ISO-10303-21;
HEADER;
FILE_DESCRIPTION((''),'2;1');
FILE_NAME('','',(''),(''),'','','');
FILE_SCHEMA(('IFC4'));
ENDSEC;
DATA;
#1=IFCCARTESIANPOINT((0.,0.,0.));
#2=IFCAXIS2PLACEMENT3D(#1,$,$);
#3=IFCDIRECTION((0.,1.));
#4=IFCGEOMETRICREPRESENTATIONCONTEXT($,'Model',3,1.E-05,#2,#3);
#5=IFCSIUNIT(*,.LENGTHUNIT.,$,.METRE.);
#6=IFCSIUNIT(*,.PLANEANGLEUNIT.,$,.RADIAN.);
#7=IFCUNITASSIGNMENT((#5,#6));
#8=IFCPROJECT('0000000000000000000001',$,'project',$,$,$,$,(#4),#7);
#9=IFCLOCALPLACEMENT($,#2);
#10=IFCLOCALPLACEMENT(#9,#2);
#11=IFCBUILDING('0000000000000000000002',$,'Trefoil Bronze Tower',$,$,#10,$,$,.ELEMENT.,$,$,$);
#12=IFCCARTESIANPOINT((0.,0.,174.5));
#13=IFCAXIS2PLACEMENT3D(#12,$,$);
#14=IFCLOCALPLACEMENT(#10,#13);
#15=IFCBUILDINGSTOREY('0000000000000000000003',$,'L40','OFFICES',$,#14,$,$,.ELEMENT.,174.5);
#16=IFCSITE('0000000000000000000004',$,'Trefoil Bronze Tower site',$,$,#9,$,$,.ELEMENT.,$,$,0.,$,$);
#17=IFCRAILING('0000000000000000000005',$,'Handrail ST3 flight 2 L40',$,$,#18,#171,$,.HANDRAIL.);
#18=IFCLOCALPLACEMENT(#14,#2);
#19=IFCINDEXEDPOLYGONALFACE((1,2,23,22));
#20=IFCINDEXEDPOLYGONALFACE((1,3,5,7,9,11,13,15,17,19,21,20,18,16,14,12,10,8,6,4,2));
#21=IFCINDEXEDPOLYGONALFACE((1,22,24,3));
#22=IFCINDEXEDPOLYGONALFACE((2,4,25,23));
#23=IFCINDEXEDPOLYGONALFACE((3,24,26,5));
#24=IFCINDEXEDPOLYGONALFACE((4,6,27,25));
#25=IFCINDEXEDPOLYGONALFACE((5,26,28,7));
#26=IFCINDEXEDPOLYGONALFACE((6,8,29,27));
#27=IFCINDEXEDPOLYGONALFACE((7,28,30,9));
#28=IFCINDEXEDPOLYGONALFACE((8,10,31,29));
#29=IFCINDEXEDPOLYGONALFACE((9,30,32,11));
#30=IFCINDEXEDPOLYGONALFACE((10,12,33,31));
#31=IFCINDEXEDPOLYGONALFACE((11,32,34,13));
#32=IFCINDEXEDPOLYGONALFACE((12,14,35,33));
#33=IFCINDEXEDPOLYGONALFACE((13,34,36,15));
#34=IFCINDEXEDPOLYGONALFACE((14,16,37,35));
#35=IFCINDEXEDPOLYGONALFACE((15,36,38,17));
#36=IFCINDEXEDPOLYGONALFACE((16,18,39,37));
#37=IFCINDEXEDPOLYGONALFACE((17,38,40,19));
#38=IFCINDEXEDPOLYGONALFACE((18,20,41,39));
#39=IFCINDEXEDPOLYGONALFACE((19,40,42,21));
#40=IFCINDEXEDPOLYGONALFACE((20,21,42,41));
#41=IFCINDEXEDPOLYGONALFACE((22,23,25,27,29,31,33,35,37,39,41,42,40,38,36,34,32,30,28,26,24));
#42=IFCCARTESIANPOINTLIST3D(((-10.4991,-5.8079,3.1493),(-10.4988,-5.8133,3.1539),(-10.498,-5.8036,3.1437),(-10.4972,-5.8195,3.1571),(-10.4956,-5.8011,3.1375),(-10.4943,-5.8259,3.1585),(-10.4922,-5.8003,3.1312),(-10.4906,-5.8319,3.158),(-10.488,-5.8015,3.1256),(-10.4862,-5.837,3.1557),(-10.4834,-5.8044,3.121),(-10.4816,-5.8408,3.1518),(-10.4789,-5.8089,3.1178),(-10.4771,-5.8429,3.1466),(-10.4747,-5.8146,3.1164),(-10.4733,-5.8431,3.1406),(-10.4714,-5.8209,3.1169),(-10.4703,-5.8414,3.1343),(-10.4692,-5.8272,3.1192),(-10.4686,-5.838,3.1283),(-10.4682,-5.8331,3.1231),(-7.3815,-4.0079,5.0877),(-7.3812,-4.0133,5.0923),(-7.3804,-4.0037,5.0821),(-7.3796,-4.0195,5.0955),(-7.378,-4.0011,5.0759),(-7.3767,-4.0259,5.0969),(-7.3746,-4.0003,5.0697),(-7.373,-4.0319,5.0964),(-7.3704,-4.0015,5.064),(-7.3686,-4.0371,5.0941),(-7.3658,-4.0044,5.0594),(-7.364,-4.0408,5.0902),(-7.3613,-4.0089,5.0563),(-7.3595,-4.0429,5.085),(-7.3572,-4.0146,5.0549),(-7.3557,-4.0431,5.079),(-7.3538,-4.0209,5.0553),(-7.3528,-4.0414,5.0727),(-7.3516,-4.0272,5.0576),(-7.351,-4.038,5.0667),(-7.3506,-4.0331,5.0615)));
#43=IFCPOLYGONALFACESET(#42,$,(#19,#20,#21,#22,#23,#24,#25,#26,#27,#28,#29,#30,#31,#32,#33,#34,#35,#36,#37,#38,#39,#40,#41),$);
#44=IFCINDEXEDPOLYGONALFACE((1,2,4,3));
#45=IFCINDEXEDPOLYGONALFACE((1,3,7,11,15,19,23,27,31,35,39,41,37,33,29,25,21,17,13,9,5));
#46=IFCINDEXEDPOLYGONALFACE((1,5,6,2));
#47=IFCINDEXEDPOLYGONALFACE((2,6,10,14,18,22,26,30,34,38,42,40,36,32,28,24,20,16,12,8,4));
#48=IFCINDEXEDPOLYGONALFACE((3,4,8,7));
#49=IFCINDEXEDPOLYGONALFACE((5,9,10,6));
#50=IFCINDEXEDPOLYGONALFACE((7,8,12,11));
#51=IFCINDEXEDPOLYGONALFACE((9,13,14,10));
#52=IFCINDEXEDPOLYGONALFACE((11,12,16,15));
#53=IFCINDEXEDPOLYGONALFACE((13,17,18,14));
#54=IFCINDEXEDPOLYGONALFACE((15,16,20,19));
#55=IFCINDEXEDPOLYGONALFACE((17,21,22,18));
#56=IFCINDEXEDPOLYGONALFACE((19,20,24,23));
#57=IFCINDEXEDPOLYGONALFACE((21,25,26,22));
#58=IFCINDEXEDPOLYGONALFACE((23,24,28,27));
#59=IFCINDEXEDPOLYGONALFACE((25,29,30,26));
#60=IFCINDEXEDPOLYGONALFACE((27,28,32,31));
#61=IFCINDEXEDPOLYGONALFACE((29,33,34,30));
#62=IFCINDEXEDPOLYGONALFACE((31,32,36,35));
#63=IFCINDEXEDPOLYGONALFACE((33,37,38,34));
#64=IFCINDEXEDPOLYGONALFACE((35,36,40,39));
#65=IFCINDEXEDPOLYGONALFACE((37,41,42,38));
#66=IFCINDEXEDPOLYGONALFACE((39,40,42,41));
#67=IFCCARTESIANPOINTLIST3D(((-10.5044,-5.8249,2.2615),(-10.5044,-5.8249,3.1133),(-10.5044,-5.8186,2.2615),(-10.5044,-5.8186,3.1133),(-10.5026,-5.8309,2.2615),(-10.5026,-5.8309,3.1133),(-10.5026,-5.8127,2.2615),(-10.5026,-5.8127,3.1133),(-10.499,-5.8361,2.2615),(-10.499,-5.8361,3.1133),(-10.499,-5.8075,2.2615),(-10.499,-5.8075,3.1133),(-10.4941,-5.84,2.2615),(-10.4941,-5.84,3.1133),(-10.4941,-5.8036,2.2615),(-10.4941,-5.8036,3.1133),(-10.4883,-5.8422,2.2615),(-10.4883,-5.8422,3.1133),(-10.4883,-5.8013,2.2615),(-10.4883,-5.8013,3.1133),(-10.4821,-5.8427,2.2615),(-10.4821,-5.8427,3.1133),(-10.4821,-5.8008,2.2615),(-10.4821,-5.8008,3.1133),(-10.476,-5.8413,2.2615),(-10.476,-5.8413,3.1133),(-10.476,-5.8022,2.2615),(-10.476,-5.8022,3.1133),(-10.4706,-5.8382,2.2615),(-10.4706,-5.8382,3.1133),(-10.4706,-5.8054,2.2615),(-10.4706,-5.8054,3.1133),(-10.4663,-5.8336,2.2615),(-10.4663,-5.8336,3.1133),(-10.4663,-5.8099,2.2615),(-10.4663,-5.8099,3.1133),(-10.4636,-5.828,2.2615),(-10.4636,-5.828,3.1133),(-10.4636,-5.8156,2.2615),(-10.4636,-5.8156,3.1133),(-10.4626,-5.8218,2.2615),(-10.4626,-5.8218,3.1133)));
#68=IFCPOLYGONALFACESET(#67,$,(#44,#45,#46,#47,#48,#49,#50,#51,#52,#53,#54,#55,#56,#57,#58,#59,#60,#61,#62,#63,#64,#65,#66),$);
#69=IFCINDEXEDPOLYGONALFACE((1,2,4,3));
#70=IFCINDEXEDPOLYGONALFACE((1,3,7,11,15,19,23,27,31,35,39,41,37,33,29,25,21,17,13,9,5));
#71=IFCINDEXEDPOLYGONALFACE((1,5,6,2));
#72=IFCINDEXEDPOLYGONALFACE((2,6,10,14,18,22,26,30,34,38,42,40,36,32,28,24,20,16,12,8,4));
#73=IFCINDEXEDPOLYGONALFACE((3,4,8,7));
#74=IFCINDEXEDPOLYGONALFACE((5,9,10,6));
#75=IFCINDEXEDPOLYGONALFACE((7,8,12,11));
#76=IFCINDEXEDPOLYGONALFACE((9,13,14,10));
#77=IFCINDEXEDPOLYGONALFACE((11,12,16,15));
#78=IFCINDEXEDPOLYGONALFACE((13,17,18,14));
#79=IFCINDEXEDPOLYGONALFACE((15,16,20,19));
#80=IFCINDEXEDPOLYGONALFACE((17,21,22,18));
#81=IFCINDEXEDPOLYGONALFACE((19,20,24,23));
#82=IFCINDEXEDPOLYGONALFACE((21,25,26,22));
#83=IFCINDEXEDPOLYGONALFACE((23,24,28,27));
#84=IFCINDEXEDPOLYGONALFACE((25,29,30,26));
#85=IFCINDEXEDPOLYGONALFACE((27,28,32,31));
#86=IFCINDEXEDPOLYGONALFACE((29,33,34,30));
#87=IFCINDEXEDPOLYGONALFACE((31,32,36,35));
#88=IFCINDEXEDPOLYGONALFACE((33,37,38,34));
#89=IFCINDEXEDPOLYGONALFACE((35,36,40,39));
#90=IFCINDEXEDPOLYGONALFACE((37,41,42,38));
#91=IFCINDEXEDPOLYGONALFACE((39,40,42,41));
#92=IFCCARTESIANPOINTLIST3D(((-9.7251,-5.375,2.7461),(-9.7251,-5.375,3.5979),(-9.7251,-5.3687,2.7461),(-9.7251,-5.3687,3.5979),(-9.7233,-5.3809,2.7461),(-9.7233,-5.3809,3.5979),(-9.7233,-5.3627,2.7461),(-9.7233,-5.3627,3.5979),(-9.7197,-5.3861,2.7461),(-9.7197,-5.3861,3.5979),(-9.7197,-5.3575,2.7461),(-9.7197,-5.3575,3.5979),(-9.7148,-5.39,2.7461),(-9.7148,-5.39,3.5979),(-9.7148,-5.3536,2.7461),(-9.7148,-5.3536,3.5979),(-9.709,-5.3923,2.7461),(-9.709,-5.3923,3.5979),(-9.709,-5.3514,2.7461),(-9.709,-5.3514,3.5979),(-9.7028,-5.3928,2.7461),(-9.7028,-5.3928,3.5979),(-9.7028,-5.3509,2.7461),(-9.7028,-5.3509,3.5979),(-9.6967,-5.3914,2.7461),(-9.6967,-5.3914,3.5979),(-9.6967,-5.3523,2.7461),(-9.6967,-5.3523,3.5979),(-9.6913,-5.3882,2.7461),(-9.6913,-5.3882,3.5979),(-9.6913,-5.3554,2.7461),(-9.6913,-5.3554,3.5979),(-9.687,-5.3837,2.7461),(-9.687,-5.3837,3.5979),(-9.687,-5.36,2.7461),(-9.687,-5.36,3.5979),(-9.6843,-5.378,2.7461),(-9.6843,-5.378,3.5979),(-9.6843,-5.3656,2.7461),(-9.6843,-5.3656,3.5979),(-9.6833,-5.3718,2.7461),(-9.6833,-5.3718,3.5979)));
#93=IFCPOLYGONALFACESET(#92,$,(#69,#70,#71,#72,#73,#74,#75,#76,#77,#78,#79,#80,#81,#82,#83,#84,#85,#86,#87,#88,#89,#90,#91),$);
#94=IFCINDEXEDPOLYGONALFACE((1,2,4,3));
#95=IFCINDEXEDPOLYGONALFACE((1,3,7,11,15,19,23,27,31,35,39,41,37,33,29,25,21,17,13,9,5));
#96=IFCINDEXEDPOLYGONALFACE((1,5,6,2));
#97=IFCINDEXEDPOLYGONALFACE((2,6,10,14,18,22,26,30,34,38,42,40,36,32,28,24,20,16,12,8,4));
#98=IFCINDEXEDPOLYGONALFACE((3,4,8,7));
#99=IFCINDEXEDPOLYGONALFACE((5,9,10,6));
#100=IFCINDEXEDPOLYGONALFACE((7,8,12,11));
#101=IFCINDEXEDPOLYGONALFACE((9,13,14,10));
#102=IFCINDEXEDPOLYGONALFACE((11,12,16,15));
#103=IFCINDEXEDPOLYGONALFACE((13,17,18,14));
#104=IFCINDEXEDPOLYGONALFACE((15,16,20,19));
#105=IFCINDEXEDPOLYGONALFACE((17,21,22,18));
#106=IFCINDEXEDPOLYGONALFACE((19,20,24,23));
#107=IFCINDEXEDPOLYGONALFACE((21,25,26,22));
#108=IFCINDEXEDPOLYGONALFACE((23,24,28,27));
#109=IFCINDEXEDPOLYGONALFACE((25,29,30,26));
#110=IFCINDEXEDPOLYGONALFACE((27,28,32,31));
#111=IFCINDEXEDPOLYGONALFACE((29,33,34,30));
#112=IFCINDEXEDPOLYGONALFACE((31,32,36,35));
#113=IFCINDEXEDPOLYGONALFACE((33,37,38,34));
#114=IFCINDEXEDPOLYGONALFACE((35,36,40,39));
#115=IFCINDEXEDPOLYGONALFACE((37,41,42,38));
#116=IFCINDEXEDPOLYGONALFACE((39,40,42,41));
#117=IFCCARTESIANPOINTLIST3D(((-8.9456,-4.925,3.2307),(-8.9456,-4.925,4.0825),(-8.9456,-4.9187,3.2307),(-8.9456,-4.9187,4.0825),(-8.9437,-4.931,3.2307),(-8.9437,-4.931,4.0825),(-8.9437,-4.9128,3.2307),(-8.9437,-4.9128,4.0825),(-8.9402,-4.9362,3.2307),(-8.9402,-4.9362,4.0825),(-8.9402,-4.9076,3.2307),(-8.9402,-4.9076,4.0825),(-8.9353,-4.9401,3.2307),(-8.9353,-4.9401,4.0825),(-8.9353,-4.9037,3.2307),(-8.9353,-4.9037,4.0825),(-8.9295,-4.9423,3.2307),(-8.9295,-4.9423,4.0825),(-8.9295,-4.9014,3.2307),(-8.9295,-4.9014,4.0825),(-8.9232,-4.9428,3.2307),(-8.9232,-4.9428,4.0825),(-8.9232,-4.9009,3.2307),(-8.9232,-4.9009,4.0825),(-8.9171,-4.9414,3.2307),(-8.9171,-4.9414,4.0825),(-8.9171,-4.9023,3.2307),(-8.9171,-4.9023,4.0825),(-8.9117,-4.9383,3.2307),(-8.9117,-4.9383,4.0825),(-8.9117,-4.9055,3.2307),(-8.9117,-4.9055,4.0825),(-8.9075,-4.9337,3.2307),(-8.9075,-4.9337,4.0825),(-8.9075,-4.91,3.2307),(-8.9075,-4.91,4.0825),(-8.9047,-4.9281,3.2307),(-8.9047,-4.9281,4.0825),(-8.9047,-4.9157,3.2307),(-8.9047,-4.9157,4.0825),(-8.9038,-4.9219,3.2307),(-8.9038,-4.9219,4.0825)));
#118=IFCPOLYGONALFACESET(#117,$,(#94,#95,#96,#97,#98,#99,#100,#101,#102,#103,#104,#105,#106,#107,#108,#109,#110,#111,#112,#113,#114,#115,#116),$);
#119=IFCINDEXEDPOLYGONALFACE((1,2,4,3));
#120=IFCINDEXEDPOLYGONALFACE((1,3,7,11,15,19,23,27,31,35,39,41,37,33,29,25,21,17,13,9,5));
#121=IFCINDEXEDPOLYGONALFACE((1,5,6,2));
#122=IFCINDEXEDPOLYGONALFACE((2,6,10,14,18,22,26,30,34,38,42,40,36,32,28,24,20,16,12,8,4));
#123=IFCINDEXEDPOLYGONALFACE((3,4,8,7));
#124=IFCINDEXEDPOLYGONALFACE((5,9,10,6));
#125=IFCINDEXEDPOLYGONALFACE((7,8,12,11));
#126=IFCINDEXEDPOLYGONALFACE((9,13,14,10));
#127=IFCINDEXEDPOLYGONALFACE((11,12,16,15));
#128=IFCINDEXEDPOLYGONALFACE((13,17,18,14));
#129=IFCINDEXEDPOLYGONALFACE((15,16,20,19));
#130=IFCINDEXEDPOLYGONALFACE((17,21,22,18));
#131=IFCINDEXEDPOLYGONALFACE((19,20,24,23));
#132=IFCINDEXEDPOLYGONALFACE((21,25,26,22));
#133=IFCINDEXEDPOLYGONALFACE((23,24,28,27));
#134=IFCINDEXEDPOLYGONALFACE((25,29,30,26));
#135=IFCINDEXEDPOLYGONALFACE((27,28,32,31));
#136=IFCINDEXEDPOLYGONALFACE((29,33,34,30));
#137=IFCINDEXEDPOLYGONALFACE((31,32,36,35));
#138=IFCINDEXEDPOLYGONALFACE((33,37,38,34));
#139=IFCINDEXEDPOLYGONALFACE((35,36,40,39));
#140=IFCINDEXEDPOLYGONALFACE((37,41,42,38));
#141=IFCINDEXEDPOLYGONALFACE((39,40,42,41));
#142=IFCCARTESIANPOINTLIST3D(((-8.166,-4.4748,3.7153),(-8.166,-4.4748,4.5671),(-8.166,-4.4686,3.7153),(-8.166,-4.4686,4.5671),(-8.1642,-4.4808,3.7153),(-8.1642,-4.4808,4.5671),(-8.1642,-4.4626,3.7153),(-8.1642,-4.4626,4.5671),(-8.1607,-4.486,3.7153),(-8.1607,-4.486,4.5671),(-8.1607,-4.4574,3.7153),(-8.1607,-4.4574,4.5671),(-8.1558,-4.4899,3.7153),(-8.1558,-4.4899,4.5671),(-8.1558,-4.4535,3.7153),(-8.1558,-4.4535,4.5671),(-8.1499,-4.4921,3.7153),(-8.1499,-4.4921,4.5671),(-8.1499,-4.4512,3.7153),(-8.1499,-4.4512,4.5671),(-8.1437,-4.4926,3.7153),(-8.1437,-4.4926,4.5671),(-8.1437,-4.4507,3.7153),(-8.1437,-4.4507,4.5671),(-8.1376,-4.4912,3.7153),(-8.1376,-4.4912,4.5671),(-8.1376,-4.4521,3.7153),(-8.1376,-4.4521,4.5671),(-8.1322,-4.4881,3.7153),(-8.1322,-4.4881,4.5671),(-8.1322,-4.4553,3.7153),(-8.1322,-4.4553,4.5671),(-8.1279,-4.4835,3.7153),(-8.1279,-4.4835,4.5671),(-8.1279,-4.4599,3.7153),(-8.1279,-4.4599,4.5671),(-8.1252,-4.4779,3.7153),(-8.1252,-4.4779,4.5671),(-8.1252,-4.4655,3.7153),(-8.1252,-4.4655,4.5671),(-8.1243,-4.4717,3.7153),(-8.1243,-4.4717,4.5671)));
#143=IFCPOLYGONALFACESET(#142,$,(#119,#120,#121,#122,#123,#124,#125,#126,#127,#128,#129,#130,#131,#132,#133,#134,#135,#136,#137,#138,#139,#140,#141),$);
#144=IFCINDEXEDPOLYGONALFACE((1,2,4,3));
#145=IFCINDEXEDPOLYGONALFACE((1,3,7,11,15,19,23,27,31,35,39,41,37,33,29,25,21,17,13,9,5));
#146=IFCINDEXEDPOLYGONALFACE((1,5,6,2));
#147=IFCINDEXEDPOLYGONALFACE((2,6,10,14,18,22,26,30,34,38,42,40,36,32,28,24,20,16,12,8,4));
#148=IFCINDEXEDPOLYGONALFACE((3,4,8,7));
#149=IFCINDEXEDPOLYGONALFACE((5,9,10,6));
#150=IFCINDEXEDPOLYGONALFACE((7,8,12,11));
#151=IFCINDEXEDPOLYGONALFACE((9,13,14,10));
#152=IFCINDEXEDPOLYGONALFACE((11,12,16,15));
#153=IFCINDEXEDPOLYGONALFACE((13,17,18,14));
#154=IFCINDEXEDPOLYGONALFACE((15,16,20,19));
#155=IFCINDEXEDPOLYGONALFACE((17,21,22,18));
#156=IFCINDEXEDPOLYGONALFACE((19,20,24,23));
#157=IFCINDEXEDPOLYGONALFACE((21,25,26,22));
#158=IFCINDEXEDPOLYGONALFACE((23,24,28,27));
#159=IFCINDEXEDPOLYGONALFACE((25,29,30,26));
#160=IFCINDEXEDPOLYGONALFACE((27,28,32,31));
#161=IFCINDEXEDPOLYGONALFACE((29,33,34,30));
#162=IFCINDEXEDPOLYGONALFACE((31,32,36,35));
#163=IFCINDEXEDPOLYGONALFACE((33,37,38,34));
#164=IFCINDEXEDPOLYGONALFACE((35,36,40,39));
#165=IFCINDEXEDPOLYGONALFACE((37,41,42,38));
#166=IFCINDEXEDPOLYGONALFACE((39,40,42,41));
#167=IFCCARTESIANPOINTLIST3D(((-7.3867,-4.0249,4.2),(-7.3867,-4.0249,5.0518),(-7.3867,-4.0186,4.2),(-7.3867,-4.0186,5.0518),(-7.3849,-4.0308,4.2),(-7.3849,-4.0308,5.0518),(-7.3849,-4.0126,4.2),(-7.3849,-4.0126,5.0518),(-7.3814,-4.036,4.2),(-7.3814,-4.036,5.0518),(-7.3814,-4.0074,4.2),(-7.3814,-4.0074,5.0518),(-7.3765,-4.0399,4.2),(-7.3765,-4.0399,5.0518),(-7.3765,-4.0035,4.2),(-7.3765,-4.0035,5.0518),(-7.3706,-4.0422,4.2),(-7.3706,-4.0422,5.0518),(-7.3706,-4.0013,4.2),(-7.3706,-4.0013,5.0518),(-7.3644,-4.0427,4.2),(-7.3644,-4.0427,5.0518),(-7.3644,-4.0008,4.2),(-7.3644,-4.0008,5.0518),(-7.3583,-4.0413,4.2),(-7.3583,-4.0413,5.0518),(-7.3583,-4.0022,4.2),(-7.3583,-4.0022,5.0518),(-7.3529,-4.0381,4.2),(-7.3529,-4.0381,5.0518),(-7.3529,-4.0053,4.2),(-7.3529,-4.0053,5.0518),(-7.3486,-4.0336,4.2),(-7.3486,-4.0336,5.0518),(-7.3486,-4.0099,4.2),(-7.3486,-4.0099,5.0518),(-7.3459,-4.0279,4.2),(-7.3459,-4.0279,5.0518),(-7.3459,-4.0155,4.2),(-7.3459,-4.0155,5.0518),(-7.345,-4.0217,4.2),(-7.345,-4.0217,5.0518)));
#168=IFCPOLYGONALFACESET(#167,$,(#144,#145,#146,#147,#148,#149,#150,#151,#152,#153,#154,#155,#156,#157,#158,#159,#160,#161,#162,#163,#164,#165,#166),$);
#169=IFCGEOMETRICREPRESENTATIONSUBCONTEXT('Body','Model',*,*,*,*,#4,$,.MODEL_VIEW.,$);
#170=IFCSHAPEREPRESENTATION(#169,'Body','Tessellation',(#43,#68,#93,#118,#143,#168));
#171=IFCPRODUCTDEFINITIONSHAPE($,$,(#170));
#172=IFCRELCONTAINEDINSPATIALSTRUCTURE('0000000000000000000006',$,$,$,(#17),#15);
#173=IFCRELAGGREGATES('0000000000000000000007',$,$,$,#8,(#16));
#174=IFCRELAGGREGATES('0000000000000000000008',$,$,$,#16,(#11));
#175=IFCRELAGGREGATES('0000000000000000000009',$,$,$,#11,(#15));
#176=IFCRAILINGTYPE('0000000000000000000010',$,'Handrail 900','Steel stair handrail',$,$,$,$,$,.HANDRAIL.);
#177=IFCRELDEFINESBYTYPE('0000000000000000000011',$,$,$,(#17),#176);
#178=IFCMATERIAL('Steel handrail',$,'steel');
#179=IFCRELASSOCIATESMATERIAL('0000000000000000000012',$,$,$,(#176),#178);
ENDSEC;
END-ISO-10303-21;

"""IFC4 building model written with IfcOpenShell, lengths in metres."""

from ifc_helpers import new_model, si_unit, direction, frame, origin, origin_2d, place, context, subcontext, project, spatial, circle, extrude, material, type_object, element, save


model = new_model("IFC4")

# Units and contexts
model_context = context("Model", 3, precision=1e-05, world=origin(), true_north=direction((0.0, 1.0)))
body_context = subcontext(model_context, "Body", "Model", "MODEL_VIEW")
ifc_project = project(units=[si_unit("LENGTHUNIT", "METRE"), si_unit("PLANEANGLEUNIT", "RADIAN")], contexts=[model_context])

# Site, building, storey
site_placement = place(None, origin())
site = spatial("IfcSite", under=ifc_project, at=site_placement, Name="Trefoil Bronze Tower site", CompositionType="ELEMENT", RefElevation=0.0)
building_placement = place(site_placement, origin())
building = spatial("IfcBuilding", under=site, at=building_placement, Name="Trefoil Bronze Tower", CompositionType="ELEMENT")
storey_placement = place(building_placement, frame((0.0, 0.0, 174.5)))
storey = spatial("IfcBuildingStorey", under=building, at=storey_placement, Name="L40", Description="OFFICES", CompositionType="ELEMENT", Elevation=174.5)

# Railing
ifc_material_1 = material(Name="Steel handrail", Category="steel")
railing_type = type_object("IfcRailingType", Name="Handrail 900", Description="Steel stair handrail", PredefinedType="HANDRAIL", material=ifc_material_1)
railing_1_placement = place(storey_placement, frame((-10.4836, -5.8218, 2.2615)))
element("IfcRailing", 1, at=railing_1_placement, inside=storey, type_object=railing_type, Name="Handrail ST3 flight 2 L40", PredefinedType="HANDRAIL", context=body_context, shape_type="SweptSolid", body=[
    extrude(circle(Radius=0.0239, at=origin_2d()), frame((0.0, 0.0, 0.876), z_axis=(0.762503, 0.440246, 0.474102), x_axis=(-0.500012, 0.866018, 0.0)), (0.0, 0.0, 1.0), 4.0886),
    extrude(circle(Radius=0.021, at=origin_2d()), origin(), (0.0, 0.0, 1.0), 0.8518),
    extrude(circle(Radius=0.021, at=origin_2d()), frame((0.7793, 0.45, 0.4846)), (0.0, 0.0, 1.0), 0.8518),
    extrude(circle(Radius=0.021, at=origin_2d()), frame((1.5588, 0.8999, 0.9692)), (0.0, 0.0, 1.0), 0.8518),
    extrude(circle(Radius=0.021, at=origin_2d()), frame((2.3384, 1.3501, 1.4539)), (0.0, 0.0, 1.0), 0.8518),
    extrude(circle(Radius=0.021, at=origin_2d()), frame((3.1177, 1.8, 1.9385)), (0.0, 0.0, 1.0), 0.8518),
])

save(model, "model.ifc")
